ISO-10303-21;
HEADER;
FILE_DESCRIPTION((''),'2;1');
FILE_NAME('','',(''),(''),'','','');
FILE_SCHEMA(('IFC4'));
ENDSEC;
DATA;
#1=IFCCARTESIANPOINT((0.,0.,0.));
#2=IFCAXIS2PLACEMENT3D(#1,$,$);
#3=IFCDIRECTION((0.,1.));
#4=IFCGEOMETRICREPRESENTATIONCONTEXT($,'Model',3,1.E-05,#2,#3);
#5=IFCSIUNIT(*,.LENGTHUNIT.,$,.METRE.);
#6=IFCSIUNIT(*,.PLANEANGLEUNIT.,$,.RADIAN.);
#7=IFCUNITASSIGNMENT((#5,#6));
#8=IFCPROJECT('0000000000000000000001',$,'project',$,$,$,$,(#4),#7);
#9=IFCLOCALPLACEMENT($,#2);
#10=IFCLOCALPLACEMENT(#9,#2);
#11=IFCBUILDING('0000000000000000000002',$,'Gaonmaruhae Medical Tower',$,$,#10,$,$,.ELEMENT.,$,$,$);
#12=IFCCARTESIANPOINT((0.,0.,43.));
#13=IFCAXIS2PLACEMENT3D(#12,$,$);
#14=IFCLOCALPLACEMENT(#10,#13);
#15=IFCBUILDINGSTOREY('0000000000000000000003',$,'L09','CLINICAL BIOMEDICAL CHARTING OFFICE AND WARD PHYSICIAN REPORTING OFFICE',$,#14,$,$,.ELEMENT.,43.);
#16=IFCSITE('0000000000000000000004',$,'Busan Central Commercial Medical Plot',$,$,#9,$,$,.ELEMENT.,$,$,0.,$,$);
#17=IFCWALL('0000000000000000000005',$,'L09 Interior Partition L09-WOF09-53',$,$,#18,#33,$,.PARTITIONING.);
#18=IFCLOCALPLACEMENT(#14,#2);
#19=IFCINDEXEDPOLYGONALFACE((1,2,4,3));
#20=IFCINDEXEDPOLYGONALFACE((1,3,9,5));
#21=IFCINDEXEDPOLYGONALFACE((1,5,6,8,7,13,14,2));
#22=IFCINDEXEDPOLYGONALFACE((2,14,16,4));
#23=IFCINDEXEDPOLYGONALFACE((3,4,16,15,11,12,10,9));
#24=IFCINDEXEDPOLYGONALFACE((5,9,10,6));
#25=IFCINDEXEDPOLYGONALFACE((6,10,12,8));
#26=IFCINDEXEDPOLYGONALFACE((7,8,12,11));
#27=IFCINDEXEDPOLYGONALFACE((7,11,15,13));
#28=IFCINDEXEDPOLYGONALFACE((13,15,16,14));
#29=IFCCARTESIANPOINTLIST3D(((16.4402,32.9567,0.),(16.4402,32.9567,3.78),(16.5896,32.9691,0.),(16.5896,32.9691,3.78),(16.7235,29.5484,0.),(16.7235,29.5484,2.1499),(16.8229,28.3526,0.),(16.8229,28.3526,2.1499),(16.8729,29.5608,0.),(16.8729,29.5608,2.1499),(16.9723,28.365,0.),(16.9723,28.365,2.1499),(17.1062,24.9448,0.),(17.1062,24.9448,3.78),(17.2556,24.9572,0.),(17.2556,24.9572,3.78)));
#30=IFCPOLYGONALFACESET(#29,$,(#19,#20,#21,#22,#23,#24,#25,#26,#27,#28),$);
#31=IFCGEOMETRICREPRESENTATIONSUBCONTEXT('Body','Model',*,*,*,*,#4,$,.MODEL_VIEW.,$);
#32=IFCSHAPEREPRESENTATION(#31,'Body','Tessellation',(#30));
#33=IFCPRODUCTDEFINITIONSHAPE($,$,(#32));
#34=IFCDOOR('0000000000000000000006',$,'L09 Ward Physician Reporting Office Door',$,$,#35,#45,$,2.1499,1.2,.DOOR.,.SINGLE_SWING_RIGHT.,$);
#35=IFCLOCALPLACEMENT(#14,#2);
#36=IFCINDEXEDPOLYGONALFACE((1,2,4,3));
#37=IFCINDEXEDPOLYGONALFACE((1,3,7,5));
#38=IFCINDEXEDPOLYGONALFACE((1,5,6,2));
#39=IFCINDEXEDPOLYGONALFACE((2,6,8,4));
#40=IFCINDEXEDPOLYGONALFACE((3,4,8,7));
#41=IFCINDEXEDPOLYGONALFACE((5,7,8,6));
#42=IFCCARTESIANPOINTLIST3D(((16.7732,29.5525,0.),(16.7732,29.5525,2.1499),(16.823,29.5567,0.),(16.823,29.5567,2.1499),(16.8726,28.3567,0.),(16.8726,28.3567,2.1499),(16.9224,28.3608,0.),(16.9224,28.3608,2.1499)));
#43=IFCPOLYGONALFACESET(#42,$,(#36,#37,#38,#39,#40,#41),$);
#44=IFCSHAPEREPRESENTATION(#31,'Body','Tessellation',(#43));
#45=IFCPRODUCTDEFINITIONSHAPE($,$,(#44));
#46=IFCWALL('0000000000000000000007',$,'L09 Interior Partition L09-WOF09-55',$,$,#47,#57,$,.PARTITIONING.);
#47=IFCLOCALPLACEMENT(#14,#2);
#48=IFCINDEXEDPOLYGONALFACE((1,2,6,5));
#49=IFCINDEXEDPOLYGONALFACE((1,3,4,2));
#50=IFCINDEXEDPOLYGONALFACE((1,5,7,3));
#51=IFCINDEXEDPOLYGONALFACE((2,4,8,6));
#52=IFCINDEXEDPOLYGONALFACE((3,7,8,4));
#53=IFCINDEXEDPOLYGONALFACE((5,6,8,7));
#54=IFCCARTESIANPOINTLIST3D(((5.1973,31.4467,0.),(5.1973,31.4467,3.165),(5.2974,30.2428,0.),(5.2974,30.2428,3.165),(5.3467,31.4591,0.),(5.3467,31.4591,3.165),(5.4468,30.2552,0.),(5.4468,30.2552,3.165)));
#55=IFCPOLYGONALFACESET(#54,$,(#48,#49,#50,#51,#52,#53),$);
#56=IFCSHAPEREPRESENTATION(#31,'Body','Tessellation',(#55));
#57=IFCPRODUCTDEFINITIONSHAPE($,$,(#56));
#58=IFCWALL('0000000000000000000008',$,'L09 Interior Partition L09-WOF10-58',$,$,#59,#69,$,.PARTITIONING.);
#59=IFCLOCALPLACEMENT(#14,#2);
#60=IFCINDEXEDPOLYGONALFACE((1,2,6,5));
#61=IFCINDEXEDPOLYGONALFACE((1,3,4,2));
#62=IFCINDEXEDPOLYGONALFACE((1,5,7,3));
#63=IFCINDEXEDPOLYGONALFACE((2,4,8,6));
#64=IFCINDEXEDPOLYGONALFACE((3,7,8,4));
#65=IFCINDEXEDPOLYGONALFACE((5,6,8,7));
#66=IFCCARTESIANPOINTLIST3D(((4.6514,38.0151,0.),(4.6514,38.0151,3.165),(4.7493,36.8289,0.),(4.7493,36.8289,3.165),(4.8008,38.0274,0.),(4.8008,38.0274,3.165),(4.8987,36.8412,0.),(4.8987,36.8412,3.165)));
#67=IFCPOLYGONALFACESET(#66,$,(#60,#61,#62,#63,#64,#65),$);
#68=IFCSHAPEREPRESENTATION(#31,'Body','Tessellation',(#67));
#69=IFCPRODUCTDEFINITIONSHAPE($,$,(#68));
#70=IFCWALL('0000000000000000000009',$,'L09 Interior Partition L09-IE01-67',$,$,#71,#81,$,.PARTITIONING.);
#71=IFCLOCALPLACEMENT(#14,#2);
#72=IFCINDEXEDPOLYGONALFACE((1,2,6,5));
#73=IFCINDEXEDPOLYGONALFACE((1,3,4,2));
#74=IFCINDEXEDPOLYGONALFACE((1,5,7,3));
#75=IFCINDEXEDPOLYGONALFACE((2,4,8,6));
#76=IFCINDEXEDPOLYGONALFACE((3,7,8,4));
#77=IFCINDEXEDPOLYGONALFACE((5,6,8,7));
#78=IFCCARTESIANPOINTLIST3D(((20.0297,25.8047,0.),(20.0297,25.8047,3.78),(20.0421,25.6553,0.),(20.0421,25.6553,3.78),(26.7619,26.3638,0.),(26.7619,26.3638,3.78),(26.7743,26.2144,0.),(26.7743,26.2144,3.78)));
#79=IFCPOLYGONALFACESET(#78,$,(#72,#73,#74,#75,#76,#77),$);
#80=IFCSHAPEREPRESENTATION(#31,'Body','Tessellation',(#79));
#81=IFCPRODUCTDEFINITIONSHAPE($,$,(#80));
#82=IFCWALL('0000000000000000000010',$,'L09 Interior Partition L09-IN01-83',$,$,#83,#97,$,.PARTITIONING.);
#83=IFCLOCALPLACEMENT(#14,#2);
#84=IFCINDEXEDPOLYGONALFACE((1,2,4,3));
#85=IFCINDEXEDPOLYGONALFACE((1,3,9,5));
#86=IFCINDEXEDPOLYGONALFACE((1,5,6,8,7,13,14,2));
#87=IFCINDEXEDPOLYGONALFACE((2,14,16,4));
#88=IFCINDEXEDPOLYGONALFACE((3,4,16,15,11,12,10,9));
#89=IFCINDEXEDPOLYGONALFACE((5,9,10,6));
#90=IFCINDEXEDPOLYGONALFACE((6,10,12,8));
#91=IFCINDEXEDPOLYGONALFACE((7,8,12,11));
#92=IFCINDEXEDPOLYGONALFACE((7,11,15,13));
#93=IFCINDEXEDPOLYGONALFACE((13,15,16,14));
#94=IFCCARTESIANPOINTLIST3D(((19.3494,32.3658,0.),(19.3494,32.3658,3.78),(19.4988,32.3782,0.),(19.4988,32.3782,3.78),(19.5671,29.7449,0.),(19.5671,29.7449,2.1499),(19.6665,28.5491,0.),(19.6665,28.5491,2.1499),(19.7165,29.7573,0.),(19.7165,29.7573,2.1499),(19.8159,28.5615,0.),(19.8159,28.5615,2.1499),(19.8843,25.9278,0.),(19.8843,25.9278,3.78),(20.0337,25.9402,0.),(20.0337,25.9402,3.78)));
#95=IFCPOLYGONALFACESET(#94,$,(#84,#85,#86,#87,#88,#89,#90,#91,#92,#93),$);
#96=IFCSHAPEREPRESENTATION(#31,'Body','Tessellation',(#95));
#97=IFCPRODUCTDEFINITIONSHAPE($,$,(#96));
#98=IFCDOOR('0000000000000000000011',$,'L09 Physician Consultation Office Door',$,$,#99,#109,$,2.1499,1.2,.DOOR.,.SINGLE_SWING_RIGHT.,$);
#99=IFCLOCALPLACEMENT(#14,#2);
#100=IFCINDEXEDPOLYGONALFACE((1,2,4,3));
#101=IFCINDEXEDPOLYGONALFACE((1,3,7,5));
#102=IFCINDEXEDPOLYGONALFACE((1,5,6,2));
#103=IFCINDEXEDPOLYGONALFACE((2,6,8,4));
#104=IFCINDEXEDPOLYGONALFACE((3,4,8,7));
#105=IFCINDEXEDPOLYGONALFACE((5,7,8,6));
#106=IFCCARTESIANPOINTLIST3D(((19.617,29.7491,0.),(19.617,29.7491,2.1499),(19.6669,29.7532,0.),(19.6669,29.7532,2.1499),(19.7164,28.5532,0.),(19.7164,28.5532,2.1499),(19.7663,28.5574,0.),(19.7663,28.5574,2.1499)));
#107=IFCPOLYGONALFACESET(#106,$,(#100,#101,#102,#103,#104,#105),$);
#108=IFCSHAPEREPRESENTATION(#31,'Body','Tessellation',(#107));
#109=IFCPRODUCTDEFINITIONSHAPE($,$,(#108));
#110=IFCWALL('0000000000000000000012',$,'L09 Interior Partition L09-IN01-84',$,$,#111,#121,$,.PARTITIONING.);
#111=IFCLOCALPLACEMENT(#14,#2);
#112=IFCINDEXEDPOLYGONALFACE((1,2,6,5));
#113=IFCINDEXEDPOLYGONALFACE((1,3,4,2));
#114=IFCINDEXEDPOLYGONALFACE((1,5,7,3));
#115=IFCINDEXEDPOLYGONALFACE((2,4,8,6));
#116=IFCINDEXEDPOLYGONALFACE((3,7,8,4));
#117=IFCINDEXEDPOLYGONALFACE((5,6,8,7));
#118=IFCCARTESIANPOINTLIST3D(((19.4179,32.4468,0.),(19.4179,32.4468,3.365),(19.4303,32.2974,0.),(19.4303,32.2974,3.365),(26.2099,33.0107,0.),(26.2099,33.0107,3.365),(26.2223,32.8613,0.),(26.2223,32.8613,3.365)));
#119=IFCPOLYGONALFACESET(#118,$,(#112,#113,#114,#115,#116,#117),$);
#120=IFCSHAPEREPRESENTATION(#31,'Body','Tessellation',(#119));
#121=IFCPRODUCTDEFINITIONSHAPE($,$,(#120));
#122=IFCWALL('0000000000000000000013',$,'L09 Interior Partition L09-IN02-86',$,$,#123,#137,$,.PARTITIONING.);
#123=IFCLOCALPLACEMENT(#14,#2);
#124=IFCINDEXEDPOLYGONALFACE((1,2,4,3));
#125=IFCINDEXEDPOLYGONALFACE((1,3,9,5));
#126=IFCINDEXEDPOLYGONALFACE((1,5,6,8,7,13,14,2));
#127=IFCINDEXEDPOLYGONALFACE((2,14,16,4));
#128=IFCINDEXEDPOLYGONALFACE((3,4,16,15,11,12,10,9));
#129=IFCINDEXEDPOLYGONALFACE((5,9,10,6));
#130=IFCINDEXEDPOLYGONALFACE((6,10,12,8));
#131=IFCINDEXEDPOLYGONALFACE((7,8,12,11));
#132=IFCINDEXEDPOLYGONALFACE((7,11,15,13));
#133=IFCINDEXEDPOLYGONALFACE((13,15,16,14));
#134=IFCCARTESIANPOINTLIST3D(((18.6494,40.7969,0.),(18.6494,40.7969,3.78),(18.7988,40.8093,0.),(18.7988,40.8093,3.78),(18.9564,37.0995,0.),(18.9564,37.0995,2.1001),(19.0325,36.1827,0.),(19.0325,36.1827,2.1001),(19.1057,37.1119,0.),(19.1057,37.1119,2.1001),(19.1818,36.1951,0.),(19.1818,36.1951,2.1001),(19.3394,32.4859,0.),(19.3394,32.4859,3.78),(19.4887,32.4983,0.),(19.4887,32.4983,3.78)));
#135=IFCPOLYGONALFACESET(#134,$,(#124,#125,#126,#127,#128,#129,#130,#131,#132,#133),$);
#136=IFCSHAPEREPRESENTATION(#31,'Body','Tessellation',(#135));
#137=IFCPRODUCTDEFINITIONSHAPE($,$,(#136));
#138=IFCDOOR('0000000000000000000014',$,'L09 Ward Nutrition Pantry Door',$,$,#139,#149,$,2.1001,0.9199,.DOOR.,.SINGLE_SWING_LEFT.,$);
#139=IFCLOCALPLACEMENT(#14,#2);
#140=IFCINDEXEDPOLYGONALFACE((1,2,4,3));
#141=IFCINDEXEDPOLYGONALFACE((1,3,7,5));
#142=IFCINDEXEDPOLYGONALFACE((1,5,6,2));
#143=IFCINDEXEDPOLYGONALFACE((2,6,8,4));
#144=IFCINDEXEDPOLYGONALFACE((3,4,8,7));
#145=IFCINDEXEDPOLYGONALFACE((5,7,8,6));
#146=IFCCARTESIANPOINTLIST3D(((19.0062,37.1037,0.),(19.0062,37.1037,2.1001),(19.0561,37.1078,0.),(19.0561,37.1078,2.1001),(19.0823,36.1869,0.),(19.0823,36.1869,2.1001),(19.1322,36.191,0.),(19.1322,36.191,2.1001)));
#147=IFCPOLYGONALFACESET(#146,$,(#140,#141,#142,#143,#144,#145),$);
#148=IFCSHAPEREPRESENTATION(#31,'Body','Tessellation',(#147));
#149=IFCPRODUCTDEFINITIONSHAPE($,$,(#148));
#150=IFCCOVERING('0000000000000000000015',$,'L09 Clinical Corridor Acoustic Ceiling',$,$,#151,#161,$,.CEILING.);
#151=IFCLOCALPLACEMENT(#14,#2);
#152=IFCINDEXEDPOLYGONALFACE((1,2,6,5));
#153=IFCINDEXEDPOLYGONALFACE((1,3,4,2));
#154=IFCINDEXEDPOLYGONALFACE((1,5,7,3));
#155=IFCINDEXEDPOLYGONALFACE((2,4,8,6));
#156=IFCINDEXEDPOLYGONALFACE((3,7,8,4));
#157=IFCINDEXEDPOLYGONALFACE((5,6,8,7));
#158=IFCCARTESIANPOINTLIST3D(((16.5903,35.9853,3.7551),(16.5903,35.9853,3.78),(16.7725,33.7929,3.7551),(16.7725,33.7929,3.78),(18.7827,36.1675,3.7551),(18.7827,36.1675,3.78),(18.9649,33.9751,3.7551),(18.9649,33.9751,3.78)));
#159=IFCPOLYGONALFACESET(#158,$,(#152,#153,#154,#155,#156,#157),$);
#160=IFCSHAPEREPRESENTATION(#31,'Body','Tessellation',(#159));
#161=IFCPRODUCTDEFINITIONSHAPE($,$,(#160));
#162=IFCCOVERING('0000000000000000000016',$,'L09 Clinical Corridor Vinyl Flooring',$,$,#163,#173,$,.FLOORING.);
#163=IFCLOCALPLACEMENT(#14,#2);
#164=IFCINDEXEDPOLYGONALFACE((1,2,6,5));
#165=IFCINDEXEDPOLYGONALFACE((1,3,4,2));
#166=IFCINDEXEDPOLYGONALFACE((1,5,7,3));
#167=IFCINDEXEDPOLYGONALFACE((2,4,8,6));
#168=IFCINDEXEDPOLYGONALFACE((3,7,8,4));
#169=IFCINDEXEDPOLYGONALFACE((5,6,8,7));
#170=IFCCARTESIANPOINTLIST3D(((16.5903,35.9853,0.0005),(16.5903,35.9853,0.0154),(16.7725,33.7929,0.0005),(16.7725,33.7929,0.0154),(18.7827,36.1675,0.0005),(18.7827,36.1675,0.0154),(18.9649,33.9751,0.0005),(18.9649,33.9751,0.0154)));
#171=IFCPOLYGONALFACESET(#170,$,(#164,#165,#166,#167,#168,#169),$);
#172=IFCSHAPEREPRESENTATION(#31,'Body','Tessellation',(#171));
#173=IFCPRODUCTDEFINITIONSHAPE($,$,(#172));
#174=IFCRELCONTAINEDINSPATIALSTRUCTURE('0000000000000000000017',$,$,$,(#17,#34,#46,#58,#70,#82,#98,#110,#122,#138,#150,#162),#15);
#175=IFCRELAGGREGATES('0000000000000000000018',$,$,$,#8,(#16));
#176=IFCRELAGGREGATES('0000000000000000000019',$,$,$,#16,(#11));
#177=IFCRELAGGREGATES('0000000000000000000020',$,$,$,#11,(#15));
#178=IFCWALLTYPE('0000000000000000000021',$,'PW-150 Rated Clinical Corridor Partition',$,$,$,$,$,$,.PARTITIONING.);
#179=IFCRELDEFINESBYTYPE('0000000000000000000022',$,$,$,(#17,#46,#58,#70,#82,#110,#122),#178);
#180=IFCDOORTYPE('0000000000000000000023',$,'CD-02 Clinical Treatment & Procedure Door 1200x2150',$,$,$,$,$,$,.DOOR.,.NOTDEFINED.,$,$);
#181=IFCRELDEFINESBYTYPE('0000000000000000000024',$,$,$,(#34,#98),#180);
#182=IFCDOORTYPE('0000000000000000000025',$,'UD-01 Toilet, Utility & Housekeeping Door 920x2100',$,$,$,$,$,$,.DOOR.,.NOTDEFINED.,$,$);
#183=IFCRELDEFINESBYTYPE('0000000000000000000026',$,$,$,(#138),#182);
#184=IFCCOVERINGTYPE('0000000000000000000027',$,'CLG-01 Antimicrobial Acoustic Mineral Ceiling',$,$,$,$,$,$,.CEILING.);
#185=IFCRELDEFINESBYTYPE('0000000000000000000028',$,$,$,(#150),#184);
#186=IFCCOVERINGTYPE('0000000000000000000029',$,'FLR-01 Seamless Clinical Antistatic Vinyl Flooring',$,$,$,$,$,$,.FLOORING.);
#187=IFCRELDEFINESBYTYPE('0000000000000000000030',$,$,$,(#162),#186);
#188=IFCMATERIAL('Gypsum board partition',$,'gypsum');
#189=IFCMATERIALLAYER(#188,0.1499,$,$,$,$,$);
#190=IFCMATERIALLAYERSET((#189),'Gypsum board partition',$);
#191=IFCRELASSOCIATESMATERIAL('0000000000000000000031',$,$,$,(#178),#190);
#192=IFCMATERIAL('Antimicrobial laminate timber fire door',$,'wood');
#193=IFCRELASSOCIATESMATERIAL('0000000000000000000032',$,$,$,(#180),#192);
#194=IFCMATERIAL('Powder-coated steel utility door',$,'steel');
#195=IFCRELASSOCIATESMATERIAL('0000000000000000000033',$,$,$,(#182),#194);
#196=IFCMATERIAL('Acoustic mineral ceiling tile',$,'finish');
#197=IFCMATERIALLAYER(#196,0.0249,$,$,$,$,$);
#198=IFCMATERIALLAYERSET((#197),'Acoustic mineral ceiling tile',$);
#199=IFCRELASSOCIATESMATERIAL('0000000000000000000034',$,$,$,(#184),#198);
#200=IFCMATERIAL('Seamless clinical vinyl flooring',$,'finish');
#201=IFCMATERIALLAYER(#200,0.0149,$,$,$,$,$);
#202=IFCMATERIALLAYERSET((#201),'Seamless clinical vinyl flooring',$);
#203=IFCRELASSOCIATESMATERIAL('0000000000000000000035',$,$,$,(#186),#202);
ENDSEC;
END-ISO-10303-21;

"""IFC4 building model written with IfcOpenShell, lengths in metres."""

from ifc_helpers import new_model, si_unit, direction, frame, frame_2d, origin, origin_2d, place, context, subcontext, project, spatial, rectangle, extrude, material, layer, layer_set, type_object, element, fill, save


model = new_model("IFC4")

# Units and contexts
model_context = context("Model", 3, precision=1e-05, world=origin(), true_north=direction((0.0, 1.0)))
body_context = subcontext(model_context, "Body", "Model", "MODEL_VIEW")
ifc_project = project(units=[si_unit("LENGTHUNIT", "METRE"), si_unit("PLANEANGLEUNIT", "RADIAN")], contexts=[model_context])

# Site, building, storey
site_placement = place(None, origin())
site = spatial("IfcSite", under=ifc_project, at=site_placement, Name="Busan Central Commercial Medical Plot", CompositionType="ELEMENT", RefElevation=0.0)
building_placement = place(site_placement, origin())
building = spatial("IfcBuilding", under=site, at=building_placement, Name="Gaonmaruhae Medical Tower", CompositionType="ELEMENT")
storey_placement = place(building_placement, frame((0.0, 0.0, 43.0)))
storey = spatial("IfcBuildingStorey", under=building, at=storey_placement, Name="L09", Description="CLINICAL BIOMEDICAL CHARTING OFFICE AND WARD PHYSICIAN REPORTING OFFICE", CompositionType="ELEMENT", Elevation=43.0)

# Shared definitions
ifc_material_1 = material(Name="Gypsum board partition", Category="gypsum")
ifc_layer_1 = layer(ifc_material_1, 0.1499)
ifc_layer_set_1 = layer_set([ifc_layer_1], Name="Gypsum board partition")
wall_type_1 = type_object("IfcWallType", Name="PW-150 Rated Clinical Corridor Partition", PredefinedType="PARTITIONING", material=ifc_layer_set_1)

# Wall, opening, door
wall_1_placement = place(storey_placement, frame((16.5149, 32.9629, 0.0), z_axis=(0.0, 0.0, 1.0), x_axis=(0.082842, -0.996563, 0.0)))
wall_1 = element("IfcWall", 1, at=wall_1_placement, inside=storey, type_object=wall_type_1, Name="L09 Interior Partition L09-WOF09-53", PredefinedType="PARTITIONING", context=body_context, shape_type="SweptSolid", body=[
    extrude(rectangle(XDim=8.0396, YDim=0.1499, at=frame_2d((4.0198, 0.0))), origin(), (0.0, 0.0, 1.0), 3.78),
])
opening_1_placement = place(wall_1_placement, frame((3.4199, 0.0, 0.0)))
opening_1 = element("IfcOpeningElement", 2, at=opening_1_placement, cuts=wall_1, PredefinedType="OPENING", context=body_context, shape_type="SweptSolid", body=[
    extrude(rectangle(XDim=1.2, YDim=2.1499, at=frame_2d((0.6001, 1.075))), frame((0.0, 0.085, 0.0), z_axis=(0.0, -1.0, 0.0), x_axis=(1.0, 0.0, 0.0)), (0.0, 0.0, 1.0), 0.1699),
])
ifc_material_2 = material(Name="Antimicrobial laminate timber fire door", Category="wood")
door_type_1 = type_object("IfcDoorType", Name="CD-02 Clinical Treatment & Procedure Door 1200x2150", OperationType="NOTDEFINED", PredefinedType="DOOR", material=ifc_material_2)
door_1_placement = place(opening_1_placement, origin())
door_1 = element("IfcDoor", 3, at=door_1_placement, inside=storey, type_object=door_type_1, Name="L09 Ward Physician Reporting Office Door", OperationType="SINGLE_SWING_RIGHT", OverallHeight=2.1499, OverallWidth=1.2, PredefinedType="DOOR", context=body_context, shape_type="SweptSolid", body=[
    extrude(rectangle(XDim=1.2, YDim=2.1499, at=frame_2d((0.6001, 1.075))), frame((0.0, 0.0249, 0.0), z_axis=(0.0, -1.0, 0.0), x_axis=(1.0, 0.0, 0.0)), (0.0, 0.0, 1.0), 0.05),
])
fill(opening_1, door_1)

# Walls
wall_2_placement = place(storey_placement, frame((5.3721, 30.249, 0.0), z_axis=(0.0, 0.0, 1.0), x_axis=(-0.082861, 0.996561, 0.0)))
element("IfcWall", 4, at=wall_2_placement, inside=storey, type_object=wall_type_1, Name="L09 Interior Partition L09-WOF09-55", PredefinedType="PARTITIONING", context=body_context, shape_type="SweptSolid", body=[
    extrude(rectangle(XDim=1.208, YDim=0.1499, at=frame_2d((0.604, 0.0))), origin(), (0.0, 0.0, 1.0), 3.165),
])
wall_3_placement = place(storey_placement, frame((4.824, 36.835, 0.0), z_axis=(0.0, 0.0, 1.0), x_axis=(-0.082264, 0.996611, 0.0)))
element("IfcWall", 5, at=wall_3_placement, inside=storey, type_object=wall_type_1, Name="L09 Interior Partition L09-WOF10-58", PredefinedType="PARTITIONING", context=body_context, shape_type="SweptSolid", body=[
    extrude(rectangle(XDim=1.1902, YDim=0.1499, at=frame_2d((0.5952, 0.0))), origin(), (0.0, 0.0, 1.0), 3.165),
])
wall_4_placement = place(storey_placement, frame((20.0359, 25.73, 0.0), z_axis=(0.0, 0.0, 1.0), x_axis=(0.996569, 0.082761, 0.0)))
element("IfcWall", 6, at=wall_4_placement, inside=storey, type_object=wall_type_1, Name="L09 Interior Partition L09-IE01-67", PredefinedType="PARTITIONING", context=body_context, shape_type="SweptSolid", body=[
    extrude(rectangle(XDim=6.7554, YDim=0.1499, at=frame_2d((3.3777, 0.0))), origin(), (0.0, 0.0, 1.0), 3.78),
])

# Wall, opening, door
wall_5_placement = place(storey_placement, frame((19.959, 25.9341, 0.0), z_axis=(0.0, 0.0, 1.0), x_axis=(-0.082802, 0.996566, 0.0)))
wall_5 = element("IfcWall", 7, at=wall_5_placement, inside=storey, type_object=wall_type_1, Name="L09 Interior Partition L09-IN01-83", PredefinedType="PARTITIONING", context=body_context, shape_type="SweptSolid", body=[
    extrude(rectangle(XDim=6.4602, YDim=0.1499, at=frame_2d((3.23, 0.0))), origin(), (0.0, 0.0, 1.0), 3.78),
])
opening_2_placement = place(wall_5_placement, frame((2.6301, 0.0, 0.0)))
opening_2 = element("IfcOpeningElement", 8, at=opening_2_placement, cuts=wall_5, PredefinedType="OPENING", context=body_context, shape_type="SweptSolid", body=[
    extrude(rectangle(XDim=1.2, YDim=2.1499, at=frame_2d((0.6001, 1.075))), frame((0.0, 0.085, 0.0), z_axis=(0.0, -1.0, 0.0), x_axis=(1.0, 0.0, 0.0)), (0.0, 0.0, 1.0), 0.1699),
])
door_2_placement = place(opening_2_placement, origin())
door_2 = element("IfcDoor", 9, at=door_2_placement, inside=storey, type_object=door_type_1, Name="L09 Physician Consultation Office Door", OperationType="SINGLE_SWING_RIGHT", OverallHeight=2.1499, OverallWidth=1.2, PredefinedType="DOOR", context=body_context, shape_type="SweptSolid", body=[
    extrude(rectangle(XDim=1.2, YDim=2.1499, at=frame_2d((0.6001, 1.075))), frame((0.0, 0.0249, 0.0), z_axis=(0.0, -1.0, 0.0), x_axis=(1.0, 0.0, 0.0)), (0.0, 0.0, 1.0), 0.05),
])
fill(opening_2, door_2)

# Wall
wall_6_placement = place(storey_placement, frame((19.4241, 32.3721, 0.0), z_axis=(0.0, 0.0, 1.0), x_axis=(0.99657, 0.082749, 0.0)))
element("IfcWall", 10, at=wall_6_placement, inside=storey, type_object=wall_type_1, Name="L09 Interior Partition L09-IN01-84", PredefinedType="PARTITIONING", context=body_context, shape_type="SweptSolid", body=[
    extrude(rectangle(XDim=6.8154, YDim=0.1499, at=frame_2d((3.4077, 0.0))), origin(), (0.0, 0.0, 1.0), 3.365),
])

# Wall, opening, door
wall_7_placement = place(storey_placement, frame((19.4141, 32.4919, 0.0), z_axis=(0.0, 0.0, 1.0), x_axis=(-0.082731, 0.996572, 0.0)))
wall_7 = element("IfcWall", 11, at=wall_7_placement, inside=storey, type_object=wall_type_1, Name="L09 Interior Partition L09-IN02-86", PredefinedType="PARTITIONING", context=body_context, shape_type="SweptSolid", body=[
    extrude(rectangle(XDim=8.3396, YDim=0.1499, at=frame_2d((4.1699, 0.0))), origin(), (0.0, 0.0, 1.0), 3.78),
])
opening_3_placement = place(wall_7_placement, frame((3.7097, 0.0, 0.0)))
opening_3 = element("IfcOpeningElement", 12, at=opening_3_placement, cuts=wall_7, PredefinedType="OPENING", context=body_context, shape_type="SweptSolid", body=[
    extrude(rectangle(XDim=0.9199, YDim=2.1001, at=frame_2d((0.46, 1.05))), frame((0.0, 0.085, 0.0), z_axis=(0.0, -1.0, 0.0), x_axis=(1.0, 0.0, 0.0)), (0.0, 0.0, 1.0), 0.1699),
])
ifc_material_3 = material(Name="Powder-coated steel utility door", Category="steel")
door_type_2 = type_object("IfcDoorType", Name="UD-01 Toilet, Utility & Housekeeping Door 920x2100", OperationType="NOTDEFINED", PredefinedType="DOOR", material=ifc_material_3)
door_3_placement = place(opening_3_placement, origin())
door_3 = element("IfcDoor", 13, at=door_3_placement, inside=storey, type_object=door_type_2, Name="L09 Ward Nutrition Pantry Door", OperationType="SINGLE_SWING_LEFT", OverallHeight=2.1001, OverallWidth=0.9199, PredefinedType="DOOR", context=body_context, shape_type="SweptSolid", body=[
    extrude(rectangle(XDim=0.9199, YDim=2.1001, at=frame_2d((0.46, 1.05))), frame((0.0, 0.0249, 0.0), z_axis=(0.0, -1.0, 0.0), x_axis=(1.0, 0.0, 0.0)), (0.0, 0.0, 1.0), 0.05),
])
fill(opening_3, door_3)

# Coverings
ifc_material_4 = material(Name="Acoustic mineral ceiling tile", Category="finish")
ifc_layer_2 = layer(ifc_material_4, 0.0249)
ifc_layer_set_2 = layer_set([ifc_layer_2], Name="Acoustic mineral ceiling tile")
covering_type_1 = type_object("IfcCoveringType", Name="CLG-01 Antimicrobial Acoustic Mineral Ceiling", PredefinedType="CEILING", material=ifc_layer_set_2)
covering_1_placement = place(storey_placement, frame((17.7776, 34.9802, 3.7551), z_axis=(0.0, 0.0, 1.0), x_axis=(0.996566, 0.082808, 0.0)))
element("IfcCovering", 14, at=covering_1_placement, inside=storey, type_object=covering_type_1, Name="L09 Clinical Corridor Acoustic Ceiling", PredefinedType="CEILING", context=body_context, shape_type="SweptSolid", body=[
    extrude(rectangle(XDim=2.2, YDim=2.2, at=origin_2d()), origin(), (0.0, 0.0, 1.0), 0.0249),
])
ifc_material_5 = material(Name="Seamless clinical vinyl flooring", Category="finish")
ifc_layer_3 = layer(ifc_material_5, 0.0149)
ifc_layer_set_3 = layer_set([ifc_layer_3], Name="Seamless clinical vinyl flooring")
covering_type_2 = type_object("IfcCoveringType", Name="FLR-01 Seamless Clinical Antistatic Vinyl Flooring", PredefinedType="FLOORING", material=ifc_layer_set_3)
covering_2_placement = place(storey_placement, frame((17.7776, 34.9802, 0.0005), z_axis=(0.0, 0.0, 1.0), x_axis=(0.996566, 0.082808, 0.0)))
element("IfcCovering", 15, at=covering_2_placement, inside=storey, type_object=covering_type_2, Name="L09 Clinical Corridor Vinyl Flooring", PredefinedType="FLOORING", context=body_context, shape_type="SweptSolid", body=[
    extrude(rectangle(XDim=2.2, YDim=2.2, at=origin_2d()), origin(), (0.0, 0.0, 1.0), 0.0149),
])

save(model, "model.ifc")
